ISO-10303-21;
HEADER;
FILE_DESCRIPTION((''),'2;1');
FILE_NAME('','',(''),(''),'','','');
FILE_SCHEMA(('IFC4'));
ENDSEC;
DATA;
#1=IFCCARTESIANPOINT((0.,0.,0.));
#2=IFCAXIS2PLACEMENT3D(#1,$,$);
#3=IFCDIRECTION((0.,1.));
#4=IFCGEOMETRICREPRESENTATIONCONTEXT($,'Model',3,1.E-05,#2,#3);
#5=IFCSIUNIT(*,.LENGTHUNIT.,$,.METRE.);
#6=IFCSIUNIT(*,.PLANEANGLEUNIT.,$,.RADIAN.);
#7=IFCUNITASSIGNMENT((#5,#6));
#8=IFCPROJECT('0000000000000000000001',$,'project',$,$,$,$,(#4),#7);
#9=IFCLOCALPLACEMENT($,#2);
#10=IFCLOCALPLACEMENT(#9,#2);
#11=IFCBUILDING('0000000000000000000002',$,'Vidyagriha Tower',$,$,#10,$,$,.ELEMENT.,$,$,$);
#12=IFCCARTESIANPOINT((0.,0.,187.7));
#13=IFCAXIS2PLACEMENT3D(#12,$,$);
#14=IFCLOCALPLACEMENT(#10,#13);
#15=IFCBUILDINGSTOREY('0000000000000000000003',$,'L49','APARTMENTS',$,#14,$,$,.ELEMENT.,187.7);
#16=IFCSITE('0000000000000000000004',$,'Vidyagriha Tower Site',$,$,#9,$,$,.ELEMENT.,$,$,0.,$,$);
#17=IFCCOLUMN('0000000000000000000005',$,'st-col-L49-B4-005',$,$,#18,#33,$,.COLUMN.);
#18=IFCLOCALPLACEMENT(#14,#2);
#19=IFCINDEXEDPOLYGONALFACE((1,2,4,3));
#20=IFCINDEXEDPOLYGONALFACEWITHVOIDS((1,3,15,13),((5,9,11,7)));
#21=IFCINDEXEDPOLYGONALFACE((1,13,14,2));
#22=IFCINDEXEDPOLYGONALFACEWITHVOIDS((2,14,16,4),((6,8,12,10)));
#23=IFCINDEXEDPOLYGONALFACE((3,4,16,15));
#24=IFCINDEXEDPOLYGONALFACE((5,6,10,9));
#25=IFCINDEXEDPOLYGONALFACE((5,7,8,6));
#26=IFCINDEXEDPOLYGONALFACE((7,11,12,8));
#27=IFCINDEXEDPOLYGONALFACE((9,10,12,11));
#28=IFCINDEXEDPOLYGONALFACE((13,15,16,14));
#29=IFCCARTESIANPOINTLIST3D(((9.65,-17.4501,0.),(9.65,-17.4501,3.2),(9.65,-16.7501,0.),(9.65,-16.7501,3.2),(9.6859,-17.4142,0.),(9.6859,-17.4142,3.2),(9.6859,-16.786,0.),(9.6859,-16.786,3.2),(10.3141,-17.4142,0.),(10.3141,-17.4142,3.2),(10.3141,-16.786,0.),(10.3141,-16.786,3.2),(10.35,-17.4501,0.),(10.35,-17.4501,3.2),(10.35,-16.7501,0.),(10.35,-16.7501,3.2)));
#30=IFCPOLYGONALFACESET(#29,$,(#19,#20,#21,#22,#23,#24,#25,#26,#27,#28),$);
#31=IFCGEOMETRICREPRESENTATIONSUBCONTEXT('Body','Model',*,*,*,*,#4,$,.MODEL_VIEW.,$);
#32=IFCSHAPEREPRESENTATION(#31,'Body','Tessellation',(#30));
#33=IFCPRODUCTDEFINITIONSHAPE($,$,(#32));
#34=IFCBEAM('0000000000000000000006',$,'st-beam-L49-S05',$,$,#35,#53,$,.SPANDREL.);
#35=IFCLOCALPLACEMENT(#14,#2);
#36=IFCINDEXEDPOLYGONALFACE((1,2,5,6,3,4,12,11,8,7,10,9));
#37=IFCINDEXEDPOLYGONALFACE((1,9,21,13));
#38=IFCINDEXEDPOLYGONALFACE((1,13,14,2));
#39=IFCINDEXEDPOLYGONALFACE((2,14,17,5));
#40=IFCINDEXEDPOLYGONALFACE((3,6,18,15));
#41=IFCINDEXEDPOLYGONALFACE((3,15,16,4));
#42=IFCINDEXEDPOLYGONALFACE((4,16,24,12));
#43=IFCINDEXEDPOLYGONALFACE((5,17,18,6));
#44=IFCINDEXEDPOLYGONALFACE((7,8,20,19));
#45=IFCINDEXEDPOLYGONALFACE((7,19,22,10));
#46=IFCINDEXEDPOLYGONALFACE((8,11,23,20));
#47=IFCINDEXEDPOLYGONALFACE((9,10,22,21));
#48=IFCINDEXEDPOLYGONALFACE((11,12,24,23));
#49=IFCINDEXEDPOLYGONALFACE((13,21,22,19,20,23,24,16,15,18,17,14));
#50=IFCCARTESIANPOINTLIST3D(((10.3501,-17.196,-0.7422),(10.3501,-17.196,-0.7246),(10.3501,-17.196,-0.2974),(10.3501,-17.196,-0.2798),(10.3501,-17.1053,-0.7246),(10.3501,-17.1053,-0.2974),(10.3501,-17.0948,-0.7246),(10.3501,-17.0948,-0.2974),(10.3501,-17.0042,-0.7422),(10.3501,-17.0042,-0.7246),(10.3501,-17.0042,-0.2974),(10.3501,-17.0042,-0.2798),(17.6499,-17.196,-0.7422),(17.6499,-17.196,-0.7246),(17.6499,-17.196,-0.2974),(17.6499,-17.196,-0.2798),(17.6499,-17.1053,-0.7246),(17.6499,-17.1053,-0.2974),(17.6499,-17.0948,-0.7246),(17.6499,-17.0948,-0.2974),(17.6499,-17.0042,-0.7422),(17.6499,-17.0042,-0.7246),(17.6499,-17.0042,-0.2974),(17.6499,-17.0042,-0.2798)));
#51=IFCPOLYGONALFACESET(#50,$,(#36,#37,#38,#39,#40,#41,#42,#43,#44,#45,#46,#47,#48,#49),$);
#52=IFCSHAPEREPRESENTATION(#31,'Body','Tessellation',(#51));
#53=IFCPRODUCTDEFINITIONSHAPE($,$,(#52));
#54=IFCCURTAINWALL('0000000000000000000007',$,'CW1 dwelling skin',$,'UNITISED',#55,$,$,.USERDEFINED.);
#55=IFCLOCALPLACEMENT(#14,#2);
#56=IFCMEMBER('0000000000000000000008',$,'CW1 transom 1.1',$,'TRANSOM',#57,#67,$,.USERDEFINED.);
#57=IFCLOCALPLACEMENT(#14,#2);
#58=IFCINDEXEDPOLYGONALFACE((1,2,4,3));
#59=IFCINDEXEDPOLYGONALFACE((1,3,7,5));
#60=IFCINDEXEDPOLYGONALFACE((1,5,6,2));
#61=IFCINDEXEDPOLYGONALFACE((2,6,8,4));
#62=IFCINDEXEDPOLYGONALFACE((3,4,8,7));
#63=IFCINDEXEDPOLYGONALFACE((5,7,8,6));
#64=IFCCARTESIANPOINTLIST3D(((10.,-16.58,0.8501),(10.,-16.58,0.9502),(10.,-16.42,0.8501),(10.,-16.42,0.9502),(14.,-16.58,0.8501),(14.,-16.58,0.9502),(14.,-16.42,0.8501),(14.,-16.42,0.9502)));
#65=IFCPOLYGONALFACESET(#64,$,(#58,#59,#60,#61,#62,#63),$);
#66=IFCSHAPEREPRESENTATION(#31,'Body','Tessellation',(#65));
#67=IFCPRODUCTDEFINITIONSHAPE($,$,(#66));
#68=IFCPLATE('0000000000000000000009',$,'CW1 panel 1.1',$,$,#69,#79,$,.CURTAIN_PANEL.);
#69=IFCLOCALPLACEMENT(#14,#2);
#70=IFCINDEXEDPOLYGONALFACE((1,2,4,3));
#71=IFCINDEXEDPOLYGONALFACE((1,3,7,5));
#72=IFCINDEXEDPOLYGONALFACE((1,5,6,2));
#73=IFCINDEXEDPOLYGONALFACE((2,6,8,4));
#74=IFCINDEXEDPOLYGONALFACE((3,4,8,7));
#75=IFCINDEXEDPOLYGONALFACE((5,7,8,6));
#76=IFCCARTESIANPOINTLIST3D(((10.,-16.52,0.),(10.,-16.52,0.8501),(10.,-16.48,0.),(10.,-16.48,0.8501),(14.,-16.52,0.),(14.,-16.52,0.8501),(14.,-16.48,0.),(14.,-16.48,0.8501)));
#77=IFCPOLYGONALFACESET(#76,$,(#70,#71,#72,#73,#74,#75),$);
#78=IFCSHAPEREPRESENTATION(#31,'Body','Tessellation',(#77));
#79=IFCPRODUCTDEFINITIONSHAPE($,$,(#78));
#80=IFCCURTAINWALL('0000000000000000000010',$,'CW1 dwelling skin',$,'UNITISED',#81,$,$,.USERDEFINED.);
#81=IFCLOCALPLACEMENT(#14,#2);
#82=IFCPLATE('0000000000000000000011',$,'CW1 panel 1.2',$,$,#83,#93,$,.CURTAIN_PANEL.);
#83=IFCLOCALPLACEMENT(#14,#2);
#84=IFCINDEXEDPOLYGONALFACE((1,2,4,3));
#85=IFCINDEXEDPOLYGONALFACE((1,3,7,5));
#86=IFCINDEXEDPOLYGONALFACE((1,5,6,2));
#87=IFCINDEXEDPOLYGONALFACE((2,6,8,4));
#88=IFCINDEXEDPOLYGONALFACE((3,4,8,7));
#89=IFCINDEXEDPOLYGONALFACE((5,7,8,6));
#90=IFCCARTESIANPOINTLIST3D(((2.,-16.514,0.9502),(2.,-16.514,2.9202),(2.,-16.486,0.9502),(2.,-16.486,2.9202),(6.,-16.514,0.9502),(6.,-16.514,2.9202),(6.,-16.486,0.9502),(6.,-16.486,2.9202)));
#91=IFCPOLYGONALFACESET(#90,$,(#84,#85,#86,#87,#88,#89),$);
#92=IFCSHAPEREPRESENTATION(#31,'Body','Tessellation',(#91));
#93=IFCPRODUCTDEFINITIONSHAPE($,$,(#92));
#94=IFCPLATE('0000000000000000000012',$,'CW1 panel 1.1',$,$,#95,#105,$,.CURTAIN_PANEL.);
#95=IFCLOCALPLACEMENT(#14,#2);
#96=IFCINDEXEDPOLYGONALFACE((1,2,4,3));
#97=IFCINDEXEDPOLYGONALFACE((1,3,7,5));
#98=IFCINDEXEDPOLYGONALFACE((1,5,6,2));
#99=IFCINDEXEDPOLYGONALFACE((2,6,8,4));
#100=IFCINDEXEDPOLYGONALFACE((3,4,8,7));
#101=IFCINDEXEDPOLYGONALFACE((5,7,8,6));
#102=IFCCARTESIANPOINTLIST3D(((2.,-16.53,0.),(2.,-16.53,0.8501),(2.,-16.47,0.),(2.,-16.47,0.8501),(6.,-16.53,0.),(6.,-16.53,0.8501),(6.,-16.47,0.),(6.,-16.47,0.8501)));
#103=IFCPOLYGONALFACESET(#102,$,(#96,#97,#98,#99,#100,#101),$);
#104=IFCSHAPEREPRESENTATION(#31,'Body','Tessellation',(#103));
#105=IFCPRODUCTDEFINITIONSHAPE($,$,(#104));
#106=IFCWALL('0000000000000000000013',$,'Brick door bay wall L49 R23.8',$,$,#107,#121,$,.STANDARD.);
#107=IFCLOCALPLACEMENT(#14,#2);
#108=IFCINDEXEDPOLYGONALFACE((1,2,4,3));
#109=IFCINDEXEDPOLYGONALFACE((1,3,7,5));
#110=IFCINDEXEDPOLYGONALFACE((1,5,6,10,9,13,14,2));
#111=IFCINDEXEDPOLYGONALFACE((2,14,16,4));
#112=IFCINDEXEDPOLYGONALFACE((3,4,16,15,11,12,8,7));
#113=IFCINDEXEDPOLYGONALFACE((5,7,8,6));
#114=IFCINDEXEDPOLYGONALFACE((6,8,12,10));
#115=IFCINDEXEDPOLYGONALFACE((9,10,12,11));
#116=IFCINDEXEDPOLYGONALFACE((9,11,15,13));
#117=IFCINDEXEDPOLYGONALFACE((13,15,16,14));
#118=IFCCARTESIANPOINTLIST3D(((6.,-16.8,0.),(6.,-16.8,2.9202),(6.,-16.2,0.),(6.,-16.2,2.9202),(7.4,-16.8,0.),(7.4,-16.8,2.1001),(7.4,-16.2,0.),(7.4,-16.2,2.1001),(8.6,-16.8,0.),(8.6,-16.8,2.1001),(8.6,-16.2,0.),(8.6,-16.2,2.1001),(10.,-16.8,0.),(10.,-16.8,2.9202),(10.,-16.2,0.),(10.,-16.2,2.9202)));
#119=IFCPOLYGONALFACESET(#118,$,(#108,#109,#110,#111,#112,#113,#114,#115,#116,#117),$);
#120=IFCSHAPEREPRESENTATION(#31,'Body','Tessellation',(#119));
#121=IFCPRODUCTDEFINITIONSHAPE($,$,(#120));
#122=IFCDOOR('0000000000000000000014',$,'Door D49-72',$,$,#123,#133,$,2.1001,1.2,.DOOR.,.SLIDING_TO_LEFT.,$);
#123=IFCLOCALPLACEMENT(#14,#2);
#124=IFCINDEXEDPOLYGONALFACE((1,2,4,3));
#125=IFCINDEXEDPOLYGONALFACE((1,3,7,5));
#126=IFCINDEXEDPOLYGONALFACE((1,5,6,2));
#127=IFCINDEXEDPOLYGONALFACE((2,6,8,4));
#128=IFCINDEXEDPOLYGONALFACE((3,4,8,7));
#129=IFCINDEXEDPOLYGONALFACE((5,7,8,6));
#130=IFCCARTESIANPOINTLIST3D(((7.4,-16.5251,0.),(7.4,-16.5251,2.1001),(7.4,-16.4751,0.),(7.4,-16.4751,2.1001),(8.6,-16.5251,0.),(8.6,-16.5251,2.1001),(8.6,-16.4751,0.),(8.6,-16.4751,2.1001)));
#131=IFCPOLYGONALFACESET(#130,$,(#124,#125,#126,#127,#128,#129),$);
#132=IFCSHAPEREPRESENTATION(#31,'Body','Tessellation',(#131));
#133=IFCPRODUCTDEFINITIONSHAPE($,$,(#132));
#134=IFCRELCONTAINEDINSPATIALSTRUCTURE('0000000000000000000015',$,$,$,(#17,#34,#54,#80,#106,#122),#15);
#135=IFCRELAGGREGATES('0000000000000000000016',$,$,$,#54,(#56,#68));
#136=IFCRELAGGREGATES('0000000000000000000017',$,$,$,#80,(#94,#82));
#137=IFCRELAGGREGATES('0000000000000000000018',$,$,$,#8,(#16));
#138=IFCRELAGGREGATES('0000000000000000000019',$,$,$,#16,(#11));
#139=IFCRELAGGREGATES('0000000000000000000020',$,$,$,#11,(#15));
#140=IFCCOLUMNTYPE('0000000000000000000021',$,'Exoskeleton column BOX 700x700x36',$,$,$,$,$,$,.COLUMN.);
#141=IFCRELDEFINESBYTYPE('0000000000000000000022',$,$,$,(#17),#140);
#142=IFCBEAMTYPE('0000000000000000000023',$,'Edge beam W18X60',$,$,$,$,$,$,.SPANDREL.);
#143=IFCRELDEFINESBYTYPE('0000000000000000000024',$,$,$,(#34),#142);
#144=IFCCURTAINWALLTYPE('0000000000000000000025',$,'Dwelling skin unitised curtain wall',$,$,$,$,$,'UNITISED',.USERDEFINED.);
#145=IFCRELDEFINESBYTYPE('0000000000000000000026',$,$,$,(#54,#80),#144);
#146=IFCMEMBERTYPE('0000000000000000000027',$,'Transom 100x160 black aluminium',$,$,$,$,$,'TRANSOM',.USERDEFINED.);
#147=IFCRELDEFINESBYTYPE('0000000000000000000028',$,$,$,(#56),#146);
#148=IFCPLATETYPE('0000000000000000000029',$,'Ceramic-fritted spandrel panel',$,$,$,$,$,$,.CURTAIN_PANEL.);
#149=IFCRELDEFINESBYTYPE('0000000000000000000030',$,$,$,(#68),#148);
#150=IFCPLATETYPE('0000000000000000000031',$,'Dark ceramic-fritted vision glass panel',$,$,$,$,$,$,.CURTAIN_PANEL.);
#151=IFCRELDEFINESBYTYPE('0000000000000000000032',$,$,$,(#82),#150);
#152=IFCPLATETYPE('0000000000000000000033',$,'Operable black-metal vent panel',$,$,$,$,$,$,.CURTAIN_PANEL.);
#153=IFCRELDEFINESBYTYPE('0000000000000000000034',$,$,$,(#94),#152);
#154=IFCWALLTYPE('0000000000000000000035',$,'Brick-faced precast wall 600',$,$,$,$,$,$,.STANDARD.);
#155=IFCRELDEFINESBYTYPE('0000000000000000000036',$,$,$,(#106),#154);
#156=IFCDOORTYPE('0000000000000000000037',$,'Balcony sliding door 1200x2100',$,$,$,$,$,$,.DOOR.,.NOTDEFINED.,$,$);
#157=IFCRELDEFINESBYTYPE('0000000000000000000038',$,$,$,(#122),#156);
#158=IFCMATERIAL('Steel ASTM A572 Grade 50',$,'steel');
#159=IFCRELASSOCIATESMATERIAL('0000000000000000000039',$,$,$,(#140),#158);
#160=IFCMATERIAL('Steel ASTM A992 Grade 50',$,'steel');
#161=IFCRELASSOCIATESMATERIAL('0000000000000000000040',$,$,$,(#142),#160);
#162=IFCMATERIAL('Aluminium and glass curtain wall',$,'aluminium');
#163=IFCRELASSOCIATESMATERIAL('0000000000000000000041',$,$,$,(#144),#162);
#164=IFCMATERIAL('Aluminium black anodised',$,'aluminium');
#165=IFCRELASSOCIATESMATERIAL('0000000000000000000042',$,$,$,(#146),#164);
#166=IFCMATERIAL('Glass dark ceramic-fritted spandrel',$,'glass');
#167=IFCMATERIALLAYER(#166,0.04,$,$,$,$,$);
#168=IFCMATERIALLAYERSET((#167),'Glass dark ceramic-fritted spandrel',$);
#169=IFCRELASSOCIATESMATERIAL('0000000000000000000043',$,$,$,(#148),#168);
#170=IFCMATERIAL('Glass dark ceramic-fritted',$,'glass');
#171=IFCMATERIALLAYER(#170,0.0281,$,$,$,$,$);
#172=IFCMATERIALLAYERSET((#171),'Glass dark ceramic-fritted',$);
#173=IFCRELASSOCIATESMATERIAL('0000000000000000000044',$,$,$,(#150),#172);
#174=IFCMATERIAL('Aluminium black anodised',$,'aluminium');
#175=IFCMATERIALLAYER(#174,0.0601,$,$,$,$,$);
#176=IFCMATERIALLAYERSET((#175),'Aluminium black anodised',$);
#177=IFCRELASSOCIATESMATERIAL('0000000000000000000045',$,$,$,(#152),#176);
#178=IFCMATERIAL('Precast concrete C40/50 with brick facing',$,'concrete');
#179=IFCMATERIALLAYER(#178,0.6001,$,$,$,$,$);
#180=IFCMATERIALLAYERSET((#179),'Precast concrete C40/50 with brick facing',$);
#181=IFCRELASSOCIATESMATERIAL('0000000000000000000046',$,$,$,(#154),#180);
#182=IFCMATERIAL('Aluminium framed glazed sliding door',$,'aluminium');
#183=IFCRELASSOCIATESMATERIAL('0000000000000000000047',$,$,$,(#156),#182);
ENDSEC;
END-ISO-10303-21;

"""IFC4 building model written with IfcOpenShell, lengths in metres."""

from ifc_helpers import new_model, si_unit, direction, frame, frame_2d, origin, origin_2d, place, context, subcontext, project, spatial, rectangle, hollow_rectangle, i_section, extrude, material, layer, layer_set, material_profile, profile_set, type_object, element, fill, aggregate, save


model = new_model("IFC4")

# Units and contexts
model_context = context("Model", 3, precision=1e-05, world=origin(), true_north=direction((0.0, 1.0)))
body_context = subcontext(model_context, "Body", "Model", "MODEL_VIEW")
ifc_project = project(units=[si_unit("LENGTHUNIT", "METRE"), si_unit("PLANEANGLEUNIT", "RADIAN")], contexts=[model_context])

# Site, building, storey
site_placement = place(None, origin())
site = spatial("IfcSite", under=ifc_project, at=site_placement, Name="Vidyagriha Tower Site", CompositionType="ELEMENT", RefElevation=0.0)
building_placement = place(site_placement, origin())
building = spatial("IfcBuilding", under=site, at=building_placement, Name="Vidyagriha Tower", CompositionType="ELEMENT")
storey_placement = place(building_placement, frame((0.0, 0.0, 187.7)))
storey = spatial("IfcBuildingStorey", under=building, at=storey_placement, Name="L49", Description="APARTMENTS", CompositionType="ELEMENT", Elevation=187.7)

# Column
ifc_material_1 = material(Name="Steel ASTM A572 Grade 50", Category="steel")
ifc_material_profile_1 = material_profile(ifc_material_1, hollow_rectangle(XDim=0.7, YDim=0.7, WallThickness=0.0359, at=origin_2d()), Name="BOX 700x700x36")
ifc_profile_set_1 = profile_set([ifc_material_profile_1], Name="Steel ASTM A572 Grade 50")
column_type = type_object("IfcColumnType", Name="Exoskeleton column BOX 700x700x36", PredefinedType="COLUMN", material=ifc_profile_set_1)
column_placement = place(storey_placement, frame((10.0, -17.1001, 0.0)))
element("IfcColumn", 1, at=column_placement, inside=storey, type_object=column_type, Name="st-col-L49-B4-005", PredefinedType="COLUMN", context=body_context, shape_type="SweptSolid", body=[
    extrude(hollow_rectangle(XDim=0.7, YDim=0.7, WallThickness=0.0359, at=origin_2d()), origin(), (0.0, 0.0, 1.0), 3.2),
])

# Beam
ifc_material_2 = material(Name="Steel ASTM A992 Grade 50", Category="steel")
ifc_material_profile_2 = material_profile(ifc_material_2, i_section(OverallWidth=0.1919, OverallDepth=0.4624, WebThickness=0.0105, FlangeThickness=0.0176, at=origin_2d()), Name="W18X60")
ifc_profile_set_2 = profile_set([ifc_material_profile_2], Name="Steel ASTM A992 Grade 50")
beam_type = type_object("IfcBeamType", Name="Edge beam W18X60", PredefinedType="SPANDREL", material=ifc_profile_set_2)
beam_placement = place(storey_placement, frame((10.3501, -17.1001, -0.511), z_axis=(1.0, 0.0, 0.0), x_axis=(0.0, 1.0, 0.0)))
element("IfcBeam", 2, at=beam_placement, inside=storey, type_object=beam_type, Name="st-beam-L49-S05", PredefinedType="SPANDREL", context=body_context, shape_type="SweptSolid", body=[
    extrude(i_section(OverallWidth=0.1919, OverallDepth=0.4624, WebThickness=0.0105, FlangeThickness=0.0176, at=origin_2d()), origin(), (0.0, 0.0, 1.0), 7.2998),
])

# Curtain wall, member, plate
ifc_material_3 = material(Name="Aluminium and glass curtain wall", Category="aluminium")
curtain_wall_type = type_object("IfcCurtainWallType", Name="Dwelling skin unitised curtain wall", ElementType="UNITISED", PredefinedType="USERDEFINED", material=ifc_material_3)
curtain_wall_1_placement = place(storey_placement, origin())
curtain_wall_1 = element("IfcCurtainWall", 3, at=curtain_wall_1_placement, inside=storey, type_object=curtain_wall_type, Name="CW1 dwelling skin", ObjectType="UNITISED", PredefinedType="USERDEFINED")
ifc_material_4 = material(Name="Aluminium black anodised", Category="aluminium")
ifc_material_profile_3 = material_profile(ifc_material_4, rectangle(XDim=0.1599, YDim=0.1001, at=origin_2d()), Name="Transom 100x160 black aluminium")
ifc_profile_set_3 = profile_set([ifc_material_profile_3], Name="Aluminium black anodised")
member_type = type_object("IfcMemberType", Name="Transom 100x160 black aluminium", ElementType="TRANSOM", PredefinedType="USERDEFINED", material=ifc_profile_set_3)
member_placement = place(storey_placement, frame((10.0, -16.5, 0.9001), z_axis=(1.0, 0.0, 0.0), x_axis=(0.0, 1.0, 0.0)))
member = element("IfcMember", 4, at=member_placement, type_object=member_type, Name="CW1 transom 1.1", ObjectType="TRANSOM", PredefinedType="USERDEFINED", context=body_context, shape_type="SweptSolid", body=[
    extrude(rectangle(XDim=0.1599, YDim=0.1001, at=origin_2d()), origin(), (0.0, 0.0, 1.0), 4.0),
])
ifc_material_5 = material(Name="Glass dark ceramic-fritted spandrel", Category="glass")
ifc_layer_1 = layer(ifc_material_5, 0.04)
ifc_layer_set_1 = layer_set([ifc_layer_1], Name="Glass dark ceramic-fritted spandrel")
plate_type_1 = type_object("IfcPlateType", Name="Ceramic-fritted spandrel panel", PredefinedType="CURTAIN_PANEL", material=ifc_layer_set_1)
plate_1_placement = place(storey_placement, frame((12.0, -16.5, 0.0)))
plate_1 = element("IfcPlate", 5, at=plate_1_placement, type_object=plate_type_1, Name="CW1 panel 1.1", PredefinedType="CURTAIN_PANEL", context=body_context, shape_type="SweptSolid", body=[
    extrude(rectangle(XDim=4.0, YDim=0.04, at=origin_2d()), origin(), (0.0, 0.0, 1.0), 0.8501),
])
aggregate(curtain_wall_1, [member, plate_1])

# Curtain wall, plates
curtain_wall_2_placement = place(storey_placement, origin())
curtain_wall_2 = element("IfcCurtainWall", 6, at=curtain_wall_2_placement, inside=storey, type_object=curtain_wall_type, Name="CW1 dwelling skin", ObjectType="UNITISED", PredefinedType="USERDEFINED")
ifc_material_6 = material(Name="Glass dark ceramic-fritted", Category="glass")
ifc_layer_2 = layer(ifc_material_6, 0.0281)
ifc_layer_set_2 = layer_set([ifc_layer_2], Name="Glass dark ceramic-fritted")
plate_type_2 = type_object("IfcPlateType", Name="Dark ceramic-fritted vision glass panel", PredefinedType="CURTAIN_PANEL", material=ifc_layer_set_2)
plate_2_placement = place(storey_placement, frame((4.0, -16.5, 0.9502)))
plate_2 = element("IfcPlate", 7, at=plate_2_placement, type_object=plate_type_2, Name="CW1 panel 1.2", PredefinedType="CURTAIN_PANEL", context=body_context, shape_type="SweptSolid", body=[
    extrude(rectangle(XDim=4.0, YDim=0.0281, at=origin_2d()), origin(), (0.0, 0.0, 1.0), 1.97),
])
ifc_material_7 = material(Name="Aluminium black anodised", Category="aluminium")
ifc_layer_3 = layer(ifc_material_7, 0.0601)
ifc_layer_set_3 = layer_set([ifc_layer_3], Name="Aluminium black anodised")
plate_type_3 = type_object("IfcPlateType", Name="Operable black-metal vent panel", PredefinedType="CURTAIN_PANEL", material=ifc_layer_set_3)
plate_3_placement = place(storey_placement, frame((4.0, -16.5, 0.0)))
plate_3 = element("IfcPlate", 8, at=plate_3_placement, type_object=plate_type_3, Name="CW1 panel 1.1", PredefinedType="CURTAIN_PANEL", context=body_context, shape_type="SweptSolid", body=[
    extrude(rectangle(XDim=4.0, YDim=0.0601, at=origin_2d()), origin(), (0.0, 0.0, 1.0), 0.8501),
])
aggregate(curtain_wall_2, [plate_3, plate_2])

# Wall, opening, door
ifc_material_8 = material(Name="Precast concrete C40/50 with brick facing", Category="concrete")
ifc_layer_4 = layer(ifc_material_8, 0.6001)
ifc_layer_set_4 = layer_set([ifc_layer_4], Name="Precast concrete C40/50 with brick facing")
wall_type = type_object("IfcWallType", Name="Brick-faced precast wall 600", PredefinedType="STANDARD", material=ifc_layer_set_4)
wall_placement = place(storey_placement, frame((6.0, -16.5, 0.0)))
wall = element("IfcWall", 9, at=wall_placement, inside=storey, type_object=wall_type, Name="Brick door bay wall L49 R23.8", PredefinedType="STANDARD", context=body_context, shape_type="SweptSolid", body=[
    extrude(rectangle(XDim=4.0, YDim=0.6001, at=frame_2d((2.0, 0.0))), origin(), (0.0, 0.0, 1.0), 2.9202),
])
opening_placement = place(wall_placement, frame((1.3999, 0.0, 0.0)))
opening = element("IfcOpeningElement", 10, at=opening_placement, cuts=wall, PredefinedType="OPENING", context=body_context, shape_type="SweptSolid", body=[
    extrude(rectangle(XDim=1.2, YDim=2.1001, at=frame_2d((0.6001, 1.05))), frame((0.0, 0.3101, 0.0), z_axis=(0.0, -1.0, 0.0), x_axis=(1.0, 0.0, 0.0)), (0.0, 0.0, 1.0), 0.6201),
])
ifc_material_9 = material(Name="Aluminium framed glazed sliding door", Category="aluminium")
door_type = type_object("IfcDoorType", Name="Balcony sliding door 1200x2100", OperationType="NOTDEFINED", PredefinedType="DOOR", material=ifc_material_9)
door_placement = place(opening_placement, origin())
door = element("IfcDoor", 11, at=door_placement, inside=storey, type_object=door_type, Name="Door D49-72", OperationType="SLIDING_TO_LEFT", OverallHeight=2.1001, OverallWidth=1.2, PredefinedType="DOOR", context=body_context, shape_type="SweptSolid", body=[
    extrude(rectangle(XDim=1.2, YDim=2.1001, at=frame_2d((0.6001, 1.05))), frame((0.0, 0.0249, 0.0), z_axis=(0.0, -1.0, 0.0), x_axis=(1.0, 0.0, 0.0)), (0.0, 0.0, 1.0), 0.05),
])
fill(opening, door)

save(model, "model.ifc")
